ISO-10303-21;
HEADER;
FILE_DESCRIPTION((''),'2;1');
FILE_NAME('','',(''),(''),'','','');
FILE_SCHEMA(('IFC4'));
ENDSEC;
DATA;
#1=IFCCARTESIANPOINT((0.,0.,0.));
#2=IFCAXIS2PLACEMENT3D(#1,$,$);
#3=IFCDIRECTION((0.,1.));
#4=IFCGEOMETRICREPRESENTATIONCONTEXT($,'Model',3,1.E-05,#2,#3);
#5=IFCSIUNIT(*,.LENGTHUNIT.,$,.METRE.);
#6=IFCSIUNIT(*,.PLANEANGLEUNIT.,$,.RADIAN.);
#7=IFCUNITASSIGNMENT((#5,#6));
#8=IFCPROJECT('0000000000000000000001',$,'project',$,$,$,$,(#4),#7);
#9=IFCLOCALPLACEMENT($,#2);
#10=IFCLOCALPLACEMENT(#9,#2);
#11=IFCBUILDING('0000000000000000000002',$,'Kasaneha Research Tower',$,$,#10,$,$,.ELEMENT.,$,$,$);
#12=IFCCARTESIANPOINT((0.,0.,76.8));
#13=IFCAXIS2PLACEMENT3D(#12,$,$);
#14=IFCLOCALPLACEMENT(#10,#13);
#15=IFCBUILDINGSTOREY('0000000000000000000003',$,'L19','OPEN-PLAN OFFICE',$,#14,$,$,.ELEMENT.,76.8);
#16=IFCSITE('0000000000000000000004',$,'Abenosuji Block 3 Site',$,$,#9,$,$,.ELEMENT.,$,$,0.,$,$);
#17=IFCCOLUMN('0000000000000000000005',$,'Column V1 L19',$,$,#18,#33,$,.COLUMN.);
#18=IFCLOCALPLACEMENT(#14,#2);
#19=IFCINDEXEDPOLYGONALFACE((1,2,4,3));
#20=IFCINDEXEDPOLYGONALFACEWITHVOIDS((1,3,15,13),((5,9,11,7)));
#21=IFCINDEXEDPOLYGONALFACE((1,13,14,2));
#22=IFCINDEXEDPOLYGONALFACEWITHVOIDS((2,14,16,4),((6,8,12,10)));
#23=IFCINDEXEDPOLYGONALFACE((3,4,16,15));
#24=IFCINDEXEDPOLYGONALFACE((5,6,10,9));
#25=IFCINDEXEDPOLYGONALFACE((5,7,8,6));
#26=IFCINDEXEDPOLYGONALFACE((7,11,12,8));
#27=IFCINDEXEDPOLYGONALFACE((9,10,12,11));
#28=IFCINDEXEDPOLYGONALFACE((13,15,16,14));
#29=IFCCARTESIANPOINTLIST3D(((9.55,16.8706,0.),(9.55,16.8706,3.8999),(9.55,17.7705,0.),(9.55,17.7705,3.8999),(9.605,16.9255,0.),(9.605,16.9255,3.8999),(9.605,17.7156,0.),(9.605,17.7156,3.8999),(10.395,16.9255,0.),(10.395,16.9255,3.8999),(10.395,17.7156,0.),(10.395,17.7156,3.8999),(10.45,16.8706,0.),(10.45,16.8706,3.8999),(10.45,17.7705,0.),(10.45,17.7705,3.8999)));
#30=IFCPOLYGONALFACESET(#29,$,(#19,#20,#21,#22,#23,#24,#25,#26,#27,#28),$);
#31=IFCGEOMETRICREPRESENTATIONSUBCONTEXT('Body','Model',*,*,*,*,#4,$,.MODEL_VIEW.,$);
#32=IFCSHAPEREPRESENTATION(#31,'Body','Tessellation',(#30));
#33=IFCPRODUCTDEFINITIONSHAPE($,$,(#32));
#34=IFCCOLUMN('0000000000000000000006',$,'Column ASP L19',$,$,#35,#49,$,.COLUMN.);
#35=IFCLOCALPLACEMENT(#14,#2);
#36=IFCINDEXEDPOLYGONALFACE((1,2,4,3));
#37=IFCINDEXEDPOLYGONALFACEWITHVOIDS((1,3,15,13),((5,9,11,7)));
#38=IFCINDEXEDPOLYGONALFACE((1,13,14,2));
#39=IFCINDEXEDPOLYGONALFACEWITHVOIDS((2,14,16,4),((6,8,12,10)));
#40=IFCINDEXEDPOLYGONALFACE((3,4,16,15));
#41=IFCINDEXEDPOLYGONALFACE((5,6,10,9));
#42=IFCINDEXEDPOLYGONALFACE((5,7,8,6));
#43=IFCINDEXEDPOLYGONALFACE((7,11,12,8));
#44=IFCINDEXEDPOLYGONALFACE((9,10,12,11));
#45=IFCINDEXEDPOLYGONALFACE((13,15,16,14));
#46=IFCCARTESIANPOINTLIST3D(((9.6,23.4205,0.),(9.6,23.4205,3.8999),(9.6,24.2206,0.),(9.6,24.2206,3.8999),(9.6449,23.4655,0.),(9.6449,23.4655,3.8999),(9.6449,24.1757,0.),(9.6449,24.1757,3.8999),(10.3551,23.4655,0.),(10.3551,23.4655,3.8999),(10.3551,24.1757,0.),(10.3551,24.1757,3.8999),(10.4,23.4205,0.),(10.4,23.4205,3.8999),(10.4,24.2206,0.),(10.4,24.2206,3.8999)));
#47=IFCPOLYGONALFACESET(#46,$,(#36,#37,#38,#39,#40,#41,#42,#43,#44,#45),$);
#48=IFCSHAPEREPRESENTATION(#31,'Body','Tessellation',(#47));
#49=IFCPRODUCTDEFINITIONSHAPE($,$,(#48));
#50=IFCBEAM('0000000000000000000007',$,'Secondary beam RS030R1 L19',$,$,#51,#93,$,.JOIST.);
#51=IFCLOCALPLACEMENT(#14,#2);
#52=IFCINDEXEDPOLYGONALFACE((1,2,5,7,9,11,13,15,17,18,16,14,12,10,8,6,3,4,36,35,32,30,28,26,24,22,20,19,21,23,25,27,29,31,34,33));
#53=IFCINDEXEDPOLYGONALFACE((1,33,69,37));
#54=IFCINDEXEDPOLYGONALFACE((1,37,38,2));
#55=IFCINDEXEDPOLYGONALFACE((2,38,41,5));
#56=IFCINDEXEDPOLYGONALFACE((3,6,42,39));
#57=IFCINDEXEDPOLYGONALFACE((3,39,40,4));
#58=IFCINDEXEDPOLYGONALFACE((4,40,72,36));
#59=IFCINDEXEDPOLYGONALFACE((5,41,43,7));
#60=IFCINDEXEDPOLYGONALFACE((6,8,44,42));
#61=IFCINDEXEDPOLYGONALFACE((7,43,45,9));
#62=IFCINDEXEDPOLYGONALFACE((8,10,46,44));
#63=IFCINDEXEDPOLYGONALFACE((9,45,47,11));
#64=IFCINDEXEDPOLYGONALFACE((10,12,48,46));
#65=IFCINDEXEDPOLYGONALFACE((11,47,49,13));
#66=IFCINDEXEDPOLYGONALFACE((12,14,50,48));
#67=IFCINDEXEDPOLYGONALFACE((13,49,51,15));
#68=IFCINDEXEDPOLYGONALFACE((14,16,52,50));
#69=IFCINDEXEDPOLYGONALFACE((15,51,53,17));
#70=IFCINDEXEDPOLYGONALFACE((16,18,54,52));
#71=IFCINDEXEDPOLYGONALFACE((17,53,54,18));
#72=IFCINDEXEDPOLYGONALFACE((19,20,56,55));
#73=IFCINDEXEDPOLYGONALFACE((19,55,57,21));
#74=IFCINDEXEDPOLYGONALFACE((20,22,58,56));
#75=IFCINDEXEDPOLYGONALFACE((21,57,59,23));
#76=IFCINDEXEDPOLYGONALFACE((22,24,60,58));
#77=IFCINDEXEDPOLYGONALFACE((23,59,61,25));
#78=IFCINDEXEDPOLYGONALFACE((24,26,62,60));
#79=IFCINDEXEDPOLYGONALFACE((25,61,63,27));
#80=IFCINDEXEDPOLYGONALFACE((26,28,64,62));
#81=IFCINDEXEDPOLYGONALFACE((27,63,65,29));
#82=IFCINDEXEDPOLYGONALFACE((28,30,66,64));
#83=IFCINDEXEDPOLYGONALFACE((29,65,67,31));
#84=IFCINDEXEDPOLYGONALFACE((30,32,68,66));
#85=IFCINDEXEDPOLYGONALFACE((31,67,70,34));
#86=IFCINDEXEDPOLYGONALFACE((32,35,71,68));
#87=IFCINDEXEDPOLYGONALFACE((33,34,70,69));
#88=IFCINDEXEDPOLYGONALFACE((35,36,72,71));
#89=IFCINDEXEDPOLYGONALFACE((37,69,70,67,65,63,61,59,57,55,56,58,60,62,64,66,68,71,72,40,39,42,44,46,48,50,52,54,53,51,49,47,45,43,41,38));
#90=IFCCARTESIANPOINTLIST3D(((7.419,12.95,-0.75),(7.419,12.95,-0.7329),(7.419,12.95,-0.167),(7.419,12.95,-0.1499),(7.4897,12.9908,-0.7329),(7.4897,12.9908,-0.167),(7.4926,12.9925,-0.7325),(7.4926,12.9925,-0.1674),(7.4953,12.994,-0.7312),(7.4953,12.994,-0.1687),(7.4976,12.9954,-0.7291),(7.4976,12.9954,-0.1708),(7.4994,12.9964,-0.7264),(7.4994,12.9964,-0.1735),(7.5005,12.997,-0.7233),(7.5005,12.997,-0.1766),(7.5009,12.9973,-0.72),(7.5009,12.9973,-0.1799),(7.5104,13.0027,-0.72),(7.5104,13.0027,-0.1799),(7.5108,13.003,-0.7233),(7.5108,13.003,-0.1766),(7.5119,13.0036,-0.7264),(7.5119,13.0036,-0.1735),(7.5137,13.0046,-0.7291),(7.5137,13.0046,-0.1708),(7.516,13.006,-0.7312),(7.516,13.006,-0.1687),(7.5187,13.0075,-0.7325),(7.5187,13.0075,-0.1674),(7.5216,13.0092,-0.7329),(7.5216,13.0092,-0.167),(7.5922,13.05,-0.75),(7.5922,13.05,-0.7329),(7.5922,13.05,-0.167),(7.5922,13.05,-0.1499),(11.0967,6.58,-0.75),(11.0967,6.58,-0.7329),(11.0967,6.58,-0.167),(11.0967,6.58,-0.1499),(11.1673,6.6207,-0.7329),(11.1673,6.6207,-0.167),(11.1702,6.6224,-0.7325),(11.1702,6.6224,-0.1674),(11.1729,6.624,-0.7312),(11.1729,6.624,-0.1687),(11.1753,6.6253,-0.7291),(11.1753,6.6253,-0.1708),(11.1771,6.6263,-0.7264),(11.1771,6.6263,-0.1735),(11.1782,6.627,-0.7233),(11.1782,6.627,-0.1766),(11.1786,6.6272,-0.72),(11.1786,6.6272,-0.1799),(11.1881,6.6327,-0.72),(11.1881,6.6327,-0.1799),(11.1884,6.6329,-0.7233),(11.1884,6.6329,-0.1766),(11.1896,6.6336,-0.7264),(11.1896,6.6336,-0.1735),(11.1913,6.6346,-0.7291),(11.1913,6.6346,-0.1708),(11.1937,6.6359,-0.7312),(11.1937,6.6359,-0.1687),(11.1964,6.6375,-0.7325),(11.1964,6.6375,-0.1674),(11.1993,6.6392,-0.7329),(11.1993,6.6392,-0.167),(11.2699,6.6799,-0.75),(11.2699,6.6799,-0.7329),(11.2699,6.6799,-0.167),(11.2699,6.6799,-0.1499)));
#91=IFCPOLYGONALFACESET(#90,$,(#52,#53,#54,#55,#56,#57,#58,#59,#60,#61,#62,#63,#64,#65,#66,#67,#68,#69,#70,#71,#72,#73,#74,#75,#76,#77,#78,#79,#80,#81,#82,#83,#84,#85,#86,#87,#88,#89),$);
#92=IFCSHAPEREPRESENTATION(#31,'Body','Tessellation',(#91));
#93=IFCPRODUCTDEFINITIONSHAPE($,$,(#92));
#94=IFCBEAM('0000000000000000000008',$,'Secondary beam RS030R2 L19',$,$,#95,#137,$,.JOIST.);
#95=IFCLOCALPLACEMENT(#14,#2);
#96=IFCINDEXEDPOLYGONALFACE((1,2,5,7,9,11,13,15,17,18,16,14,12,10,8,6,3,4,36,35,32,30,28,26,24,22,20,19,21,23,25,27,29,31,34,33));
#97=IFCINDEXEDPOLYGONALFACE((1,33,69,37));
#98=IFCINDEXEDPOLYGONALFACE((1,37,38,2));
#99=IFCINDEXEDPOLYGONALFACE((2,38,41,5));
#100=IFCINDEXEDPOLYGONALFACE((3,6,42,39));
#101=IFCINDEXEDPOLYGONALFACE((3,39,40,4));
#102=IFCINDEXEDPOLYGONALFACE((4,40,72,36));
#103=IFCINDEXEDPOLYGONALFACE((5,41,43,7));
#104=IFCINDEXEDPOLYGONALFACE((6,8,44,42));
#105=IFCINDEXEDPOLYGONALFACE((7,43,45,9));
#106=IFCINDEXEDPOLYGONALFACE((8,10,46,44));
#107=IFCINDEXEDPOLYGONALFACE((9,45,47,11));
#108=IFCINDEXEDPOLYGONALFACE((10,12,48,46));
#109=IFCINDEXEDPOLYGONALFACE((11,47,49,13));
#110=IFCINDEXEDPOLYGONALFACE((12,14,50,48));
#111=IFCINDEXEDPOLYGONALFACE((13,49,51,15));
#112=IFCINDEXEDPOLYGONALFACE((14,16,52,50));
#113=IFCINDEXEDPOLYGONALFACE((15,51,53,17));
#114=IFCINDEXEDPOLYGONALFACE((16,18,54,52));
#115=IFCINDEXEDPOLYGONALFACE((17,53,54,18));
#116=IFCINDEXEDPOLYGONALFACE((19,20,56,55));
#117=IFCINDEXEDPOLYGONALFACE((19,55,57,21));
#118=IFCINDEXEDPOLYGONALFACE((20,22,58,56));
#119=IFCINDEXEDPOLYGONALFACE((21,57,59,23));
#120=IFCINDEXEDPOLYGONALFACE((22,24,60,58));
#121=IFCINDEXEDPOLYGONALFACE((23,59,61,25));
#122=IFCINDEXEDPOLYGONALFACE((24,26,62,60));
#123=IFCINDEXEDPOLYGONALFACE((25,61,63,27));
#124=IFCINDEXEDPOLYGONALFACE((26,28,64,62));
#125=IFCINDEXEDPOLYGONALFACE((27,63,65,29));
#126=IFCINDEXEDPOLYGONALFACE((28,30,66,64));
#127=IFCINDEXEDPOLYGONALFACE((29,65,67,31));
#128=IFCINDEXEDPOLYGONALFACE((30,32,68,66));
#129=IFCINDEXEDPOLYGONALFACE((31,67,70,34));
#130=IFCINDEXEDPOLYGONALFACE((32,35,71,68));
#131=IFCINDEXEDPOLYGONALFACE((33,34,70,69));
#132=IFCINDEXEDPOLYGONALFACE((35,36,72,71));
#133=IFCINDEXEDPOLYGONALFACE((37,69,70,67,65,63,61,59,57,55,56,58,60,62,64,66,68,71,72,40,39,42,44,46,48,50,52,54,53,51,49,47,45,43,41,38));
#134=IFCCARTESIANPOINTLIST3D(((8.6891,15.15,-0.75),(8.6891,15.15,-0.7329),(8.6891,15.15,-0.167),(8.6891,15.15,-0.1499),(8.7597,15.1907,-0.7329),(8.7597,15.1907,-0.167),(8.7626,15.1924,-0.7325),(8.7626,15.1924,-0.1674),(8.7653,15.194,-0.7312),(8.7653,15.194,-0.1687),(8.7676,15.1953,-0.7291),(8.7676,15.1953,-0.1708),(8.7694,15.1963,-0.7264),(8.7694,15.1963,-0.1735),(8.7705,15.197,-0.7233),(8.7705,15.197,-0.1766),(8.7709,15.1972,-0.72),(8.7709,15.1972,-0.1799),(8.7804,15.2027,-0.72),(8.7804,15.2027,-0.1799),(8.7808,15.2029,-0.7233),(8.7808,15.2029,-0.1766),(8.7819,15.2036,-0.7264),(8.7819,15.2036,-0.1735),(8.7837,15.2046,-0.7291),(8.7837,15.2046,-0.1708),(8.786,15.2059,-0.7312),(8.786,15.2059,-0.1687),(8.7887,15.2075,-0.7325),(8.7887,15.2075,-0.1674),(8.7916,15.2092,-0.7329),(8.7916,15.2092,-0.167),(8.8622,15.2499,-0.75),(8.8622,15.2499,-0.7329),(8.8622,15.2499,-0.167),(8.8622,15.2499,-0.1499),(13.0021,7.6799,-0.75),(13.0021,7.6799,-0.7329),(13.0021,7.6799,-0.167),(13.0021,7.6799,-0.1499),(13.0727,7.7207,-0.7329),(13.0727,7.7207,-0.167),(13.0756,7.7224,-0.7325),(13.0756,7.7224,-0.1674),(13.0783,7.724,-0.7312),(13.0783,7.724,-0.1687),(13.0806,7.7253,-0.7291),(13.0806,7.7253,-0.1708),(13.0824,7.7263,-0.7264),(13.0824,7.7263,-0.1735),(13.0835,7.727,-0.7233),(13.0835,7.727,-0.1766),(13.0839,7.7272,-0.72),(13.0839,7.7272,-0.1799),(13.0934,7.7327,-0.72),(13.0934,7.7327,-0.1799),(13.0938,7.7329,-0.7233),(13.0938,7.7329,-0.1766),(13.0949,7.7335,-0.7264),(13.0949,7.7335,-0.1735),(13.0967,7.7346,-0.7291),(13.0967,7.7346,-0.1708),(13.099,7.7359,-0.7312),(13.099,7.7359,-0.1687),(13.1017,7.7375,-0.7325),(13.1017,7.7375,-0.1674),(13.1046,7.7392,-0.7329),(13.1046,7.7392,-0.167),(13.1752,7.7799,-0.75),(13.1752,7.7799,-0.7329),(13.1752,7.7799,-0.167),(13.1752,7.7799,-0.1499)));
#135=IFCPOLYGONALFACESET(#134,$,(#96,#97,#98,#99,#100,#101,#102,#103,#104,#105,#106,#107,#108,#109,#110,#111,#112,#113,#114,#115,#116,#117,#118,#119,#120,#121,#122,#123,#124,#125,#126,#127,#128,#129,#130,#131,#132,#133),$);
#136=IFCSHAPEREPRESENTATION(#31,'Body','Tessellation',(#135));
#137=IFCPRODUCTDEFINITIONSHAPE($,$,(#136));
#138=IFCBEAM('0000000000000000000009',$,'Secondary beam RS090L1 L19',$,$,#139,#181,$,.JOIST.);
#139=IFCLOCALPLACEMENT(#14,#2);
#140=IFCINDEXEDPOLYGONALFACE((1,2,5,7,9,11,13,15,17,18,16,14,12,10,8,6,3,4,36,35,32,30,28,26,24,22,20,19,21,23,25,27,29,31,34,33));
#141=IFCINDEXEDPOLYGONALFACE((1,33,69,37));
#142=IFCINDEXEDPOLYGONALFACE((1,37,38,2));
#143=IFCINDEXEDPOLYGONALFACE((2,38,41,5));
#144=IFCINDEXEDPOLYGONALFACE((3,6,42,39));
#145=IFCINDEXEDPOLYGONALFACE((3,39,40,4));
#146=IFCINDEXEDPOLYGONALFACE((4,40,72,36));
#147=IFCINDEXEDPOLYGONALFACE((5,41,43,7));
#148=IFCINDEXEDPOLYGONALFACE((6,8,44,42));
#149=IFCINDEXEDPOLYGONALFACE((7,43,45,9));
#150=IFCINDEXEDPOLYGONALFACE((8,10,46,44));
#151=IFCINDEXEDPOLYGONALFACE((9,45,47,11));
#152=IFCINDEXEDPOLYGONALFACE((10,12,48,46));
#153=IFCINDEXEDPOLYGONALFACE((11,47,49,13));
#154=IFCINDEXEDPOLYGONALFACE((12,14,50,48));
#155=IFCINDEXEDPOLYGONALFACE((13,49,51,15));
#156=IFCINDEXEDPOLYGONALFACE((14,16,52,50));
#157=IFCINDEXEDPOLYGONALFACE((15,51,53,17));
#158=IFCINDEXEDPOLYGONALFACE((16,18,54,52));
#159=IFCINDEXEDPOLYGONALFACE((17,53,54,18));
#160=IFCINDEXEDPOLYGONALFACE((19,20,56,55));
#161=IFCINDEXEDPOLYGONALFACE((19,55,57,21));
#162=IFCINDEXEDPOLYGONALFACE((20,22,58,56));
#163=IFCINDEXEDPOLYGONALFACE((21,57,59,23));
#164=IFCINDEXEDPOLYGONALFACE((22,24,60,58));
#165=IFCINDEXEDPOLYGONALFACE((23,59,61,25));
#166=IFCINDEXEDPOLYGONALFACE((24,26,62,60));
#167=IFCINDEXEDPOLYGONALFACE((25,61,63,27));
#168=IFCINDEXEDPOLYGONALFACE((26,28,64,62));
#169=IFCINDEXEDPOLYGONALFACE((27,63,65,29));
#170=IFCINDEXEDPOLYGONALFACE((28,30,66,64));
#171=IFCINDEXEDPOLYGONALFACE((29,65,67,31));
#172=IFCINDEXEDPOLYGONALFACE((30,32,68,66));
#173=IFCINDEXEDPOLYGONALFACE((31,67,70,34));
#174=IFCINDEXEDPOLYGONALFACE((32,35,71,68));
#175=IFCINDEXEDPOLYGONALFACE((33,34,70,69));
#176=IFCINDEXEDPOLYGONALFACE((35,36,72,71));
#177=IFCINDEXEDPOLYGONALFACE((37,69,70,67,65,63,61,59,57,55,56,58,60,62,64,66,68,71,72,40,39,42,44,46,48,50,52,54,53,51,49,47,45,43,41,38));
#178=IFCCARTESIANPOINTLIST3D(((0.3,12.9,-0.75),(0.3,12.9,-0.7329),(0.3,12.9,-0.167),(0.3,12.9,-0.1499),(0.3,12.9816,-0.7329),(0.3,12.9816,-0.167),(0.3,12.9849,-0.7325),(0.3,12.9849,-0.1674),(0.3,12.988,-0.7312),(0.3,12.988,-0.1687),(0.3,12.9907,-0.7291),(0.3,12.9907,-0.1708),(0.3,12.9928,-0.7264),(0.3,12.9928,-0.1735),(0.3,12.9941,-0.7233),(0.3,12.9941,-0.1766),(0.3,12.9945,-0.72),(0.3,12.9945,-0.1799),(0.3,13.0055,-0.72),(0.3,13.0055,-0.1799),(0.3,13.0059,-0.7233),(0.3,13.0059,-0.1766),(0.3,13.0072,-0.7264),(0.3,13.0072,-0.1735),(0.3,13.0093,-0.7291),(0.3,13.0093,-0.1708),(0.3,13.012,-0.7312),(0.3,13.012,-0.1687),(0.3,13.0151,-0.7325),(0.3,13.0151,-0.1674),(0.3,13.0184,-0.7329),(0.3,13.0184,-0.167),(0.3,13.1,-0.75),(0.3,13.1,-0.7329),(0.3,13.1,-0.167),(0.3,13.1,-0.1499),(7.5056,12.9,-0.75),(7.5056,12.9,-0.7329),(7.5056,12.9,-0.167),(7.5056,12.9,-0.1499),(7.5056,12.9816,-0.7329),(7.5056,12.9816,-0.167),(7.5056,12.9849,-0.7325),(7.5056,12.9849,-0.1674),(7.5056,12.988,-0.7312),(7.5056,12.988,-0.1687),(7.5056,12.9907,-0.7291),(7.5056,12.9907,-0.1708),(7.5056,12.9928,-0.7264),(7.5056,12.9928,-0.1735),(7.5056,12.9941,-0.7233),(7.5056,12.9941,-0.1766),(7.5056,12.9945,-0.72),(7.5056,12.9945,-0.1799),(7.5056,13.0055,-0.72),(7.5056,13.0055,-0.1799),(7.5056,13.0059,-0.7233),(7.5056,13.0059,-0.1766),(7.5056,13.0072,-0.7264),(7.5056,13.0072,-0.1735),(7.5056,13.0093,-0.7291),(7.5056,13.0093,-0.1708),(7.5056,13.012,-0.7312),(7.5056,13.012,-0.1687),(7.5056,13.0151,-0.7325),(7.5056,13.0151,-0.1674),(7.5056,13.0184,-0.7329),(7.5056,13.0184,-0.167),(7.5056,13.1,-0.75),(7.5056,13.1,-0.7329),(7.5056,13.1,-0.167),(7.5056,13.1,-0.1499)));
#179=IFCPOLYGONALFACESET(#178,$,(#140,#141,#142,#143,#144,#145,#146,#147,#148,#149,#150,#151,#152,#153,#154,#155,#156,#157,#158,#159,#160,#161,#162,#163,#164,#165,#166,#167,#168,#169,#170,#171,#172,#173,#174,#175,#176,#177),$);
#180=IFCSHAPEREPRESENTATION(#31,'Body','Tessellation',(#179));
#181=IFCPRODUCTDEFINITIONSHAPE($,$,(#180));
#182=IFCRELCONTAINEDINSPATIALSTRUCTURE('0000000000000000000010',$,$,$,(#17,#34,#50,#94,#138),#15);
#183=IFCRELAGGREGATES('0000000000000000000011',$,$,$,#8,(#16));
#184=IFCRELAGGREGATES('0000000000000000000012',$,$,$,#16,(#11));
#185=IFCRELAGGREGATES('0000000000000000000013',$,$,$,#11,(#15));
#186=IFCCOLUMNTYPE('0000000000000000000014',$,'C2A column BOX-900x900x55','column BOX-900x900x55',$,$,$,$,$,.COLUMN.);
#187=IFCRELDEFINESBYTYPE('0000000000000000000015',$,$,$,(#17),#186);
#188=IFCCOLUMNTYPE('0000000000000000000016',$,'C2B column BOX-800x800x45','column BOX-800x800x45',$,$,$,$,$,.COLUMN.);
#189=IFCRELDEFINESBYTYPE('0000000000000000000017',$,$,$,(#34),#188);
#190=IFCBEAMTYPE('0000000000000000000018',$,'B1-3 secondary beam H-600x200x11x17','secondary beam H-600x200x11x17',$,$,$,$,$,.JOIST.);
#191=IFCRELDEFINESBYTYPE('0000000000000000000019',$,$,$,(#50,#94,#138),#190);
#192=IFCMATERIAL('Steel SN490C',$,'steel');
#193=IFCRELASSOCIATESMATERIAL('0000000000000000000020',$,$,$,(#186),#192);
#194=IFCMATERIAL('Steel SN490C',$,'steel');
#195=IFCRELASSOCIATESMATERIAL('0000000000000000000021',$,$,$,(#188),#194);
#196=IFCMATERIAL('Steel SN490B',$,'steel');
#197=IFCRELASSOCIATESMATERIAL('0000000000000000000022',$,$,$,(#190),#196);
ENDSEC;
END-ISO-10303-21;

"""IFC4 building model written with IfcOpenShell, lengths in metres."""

from ifc_helpers import new_model, si_unit, direction, frame, origin, origin_2d, place, context, subcontext, project, spatial, hollow_rectangle, i_section, extrude, material, material_profile, profile_set, type_object, element, save


model = new_model("IFC4")

# Units and contexts
model_context = context("Model", 3, precision=1e-05, world=origin(), true_north=direction((0.0, 1.0)))
body_context = subcontext(model_context, "Body", "Model", "MODEL_VIEW")
ifc_project = project(units=[si_unit("LENGTHUNIT", "METRE"), si_unit("PLANEANGLEUNIT", "RADIAN")], contexts=[model_context])

# Site, building, storey
site_placement = place(None, origin())
site = spatial("IfcSite", under=ifc_project, at=site_placement, Name="Abenosuji Block 3 Site", CompositionType="ELEMENT", RefElevation=0.0)
building_placement = place(site_placement, origin())
building = spatial("IfcBuilding", under=site, at=building_placement, Name="Kasaneha Research Tower", CompositionType="ELEMENT")
storey_placement = place(building_placement, frame((0.0, 0.0, 76.8)))
storey = spatial("IfcBuildingStorey", under=building, at=storey_placement, Name="L19", Description="OPEN-PLAN OFFICE", CompositionType="ELEMENT", Elevation=76.8)

# Columns
ifc_material_1 = material(Name="Steel SN490C", Category="steel")
ifc_material_profile_1 = material_profile(ifc_material_1, hollow_rectangle(XDim=0.8999, YDim=0.8999, WallThickness=0.0549, at=origin_2d()), Name="BOX-900x900x55")
ifc_profile_set_1 = profile_set([ifc_material_profile_1], Name="Steel SN490C")
column_type_1 = type_object("IfcColumnType", Name="C2A column BOX-900x900x55", Description="column BOX-900x900x55", PredefinedType="COLUMN", material=ifc_profile_set_1)
column_1_placement = place(storey_placement, frame((10.0, 17.3206, 0.0), z_axis=(0.0, 0.0, 1.0), x_axis=(1.0, 0.0, 0.0)))
element("IfcColumn", 1, at=column_1_placement, inside=storey, type_object=column_type_1, Name="Column V1 L19", PredefinedType="COLUMN", context=body_context, shape_type="SweptSolid", body=[
    extrude(hollow_rectangle(XDim=0.8999, YDim=0.8999, WallThickness=0.0549, at=origin_2d()), origin(), (0.0, 0.0, 1.0), 3.8999),
])
ifc_material_2 = material(Name="Steel SN490C", Category="steel")
ifc_material_profile_2 = material_profile(ifc_material_2, hollow_rectangle(XDim=0.8, YDim=0.8, WallThickness=0.0449, at=origin_2d()), Name="BOX-800x800x45")
ifc_profile_set_2 = profile_set([ifc_material_profile_2], Name="Steel SN490C")
column_type_2 = type_object("IfcColumnType", Name="C2B column BOX-800x800x45", Description="column BOX-800x800x45", PredefinedType="COLUMN", material=ifc_profile_set_2)
column_2_placement = place(storey_placement, frame((10.0, 23.8206, 0.0), z_axis=(0.0, 0.0, 1.0), x_axis=(1.0, 0.0, 0.0)))
element("IfcColumn", 2, at=column_2_placement, inside=storey, type_object=column_type_2, Name="Column ASP L19", PredefinedType="COLUMN", context=body_context, shape_type="SweptSolid", body=[
    extrude(hollow_rectangle(XDim=0.8, YDim=0.8, WallThickness=0.0449, at=origin_2d()), origin(), (0.0, 0.0, 1.0), 3.8999),
])

# Beams
ifc_material_3 = material(Name="Steel SN490B", Category="steel")
ifc_material_profile_3 = material_profile(ifc_material_3, i_section(OverallWidth=0.2, OverallDepth=0.6001, WebThickness=0.011, FlangeThickness=0.0171, FilletRadius=0.0129, at=origin_2d()), Name="H-600x200x11x17")
ifc_profile_set_3 = profile_set([ifc_material_profile_3], Name="Steel SN490B")
beam_type_1 = type_object("IfcBeamType", Name="B1-3 secondary beam H-600x200x11x17", Description="secondary beam H-600x200x11x17", PredefinedType="JOIST", material=ifc_profile_set_3)
beam_1_placement = place(storey_placement, frame((7.5056, 13.0, -0.45), z_axis=(0.499994, -0.866029, 0.0), x_axis=(0.866029, 0.499994, 0.0)))
element("IfcBeam", 3, at=beam_1_placement, inside=storey, type_object=beam_type_1, Name="Secondary beam RS030R1 L19", PredefinedType="JOIST", context=body_context, shape_type="SweptSolid", body=[
    extrude(i_section(OverallWidth=0.2, OverallDepth=0.6001, WebThickness=0.011, FlangeThickness=0.0171, FilletRadius=0.0129, at=origin_2d()), origin(), (0.0, 0.0, 1.0), 7.3555),
])
beam_2_placement = place(storey_placement, frame((8.7756, 15.2, -0.45), z_axis=(0.500017, -0.866015, 0.0), x_axis=(0.866015, 0.500017, 0.0)))
element("IfcBeam", 4, at=beam_2_placement, inside=storey, type_object=beam_type_1, Name="Secondary beam RS030R2 L19", PredefinedType="JOIST", context=body_context, shape_type="SweptSolid", body=[
    extrude(i_section(OverallWidth=0.2, OverallDepth=0.6001, WebThickness=0.011, FlangeThickness=0.0171, FilletRadius=0.0129, at=origin_2d()), origin(), (0.0, 0.0, 1.0), 8.6257),
])
beam_3_placement = place(storey_placement, frame((7.5056, 13.0, -0.45), z_axis=(-1.0, 0.0, 0.0), x_axis=(0.0, -1.0, 0.0)))
element("IfcBeam", 5, at=beam_3_placement, inside=storey, type_object=beam_type_1, Name="Secondary beam RS090L1 L19", PredefinedType="JOIST", context=body_context, shape_type="SweptSolid", body=[
    extrude(i_section(OverallWidth=0.2, OverallDepth=0.6001, WebThickness=0.011, FlangeThickness=0.0171, FilletRadius=0.0129, at=origin_2d()), origin(), (0.0, 0.0, 1.0), 7.2056),
])

save(model, "model.ifc")
